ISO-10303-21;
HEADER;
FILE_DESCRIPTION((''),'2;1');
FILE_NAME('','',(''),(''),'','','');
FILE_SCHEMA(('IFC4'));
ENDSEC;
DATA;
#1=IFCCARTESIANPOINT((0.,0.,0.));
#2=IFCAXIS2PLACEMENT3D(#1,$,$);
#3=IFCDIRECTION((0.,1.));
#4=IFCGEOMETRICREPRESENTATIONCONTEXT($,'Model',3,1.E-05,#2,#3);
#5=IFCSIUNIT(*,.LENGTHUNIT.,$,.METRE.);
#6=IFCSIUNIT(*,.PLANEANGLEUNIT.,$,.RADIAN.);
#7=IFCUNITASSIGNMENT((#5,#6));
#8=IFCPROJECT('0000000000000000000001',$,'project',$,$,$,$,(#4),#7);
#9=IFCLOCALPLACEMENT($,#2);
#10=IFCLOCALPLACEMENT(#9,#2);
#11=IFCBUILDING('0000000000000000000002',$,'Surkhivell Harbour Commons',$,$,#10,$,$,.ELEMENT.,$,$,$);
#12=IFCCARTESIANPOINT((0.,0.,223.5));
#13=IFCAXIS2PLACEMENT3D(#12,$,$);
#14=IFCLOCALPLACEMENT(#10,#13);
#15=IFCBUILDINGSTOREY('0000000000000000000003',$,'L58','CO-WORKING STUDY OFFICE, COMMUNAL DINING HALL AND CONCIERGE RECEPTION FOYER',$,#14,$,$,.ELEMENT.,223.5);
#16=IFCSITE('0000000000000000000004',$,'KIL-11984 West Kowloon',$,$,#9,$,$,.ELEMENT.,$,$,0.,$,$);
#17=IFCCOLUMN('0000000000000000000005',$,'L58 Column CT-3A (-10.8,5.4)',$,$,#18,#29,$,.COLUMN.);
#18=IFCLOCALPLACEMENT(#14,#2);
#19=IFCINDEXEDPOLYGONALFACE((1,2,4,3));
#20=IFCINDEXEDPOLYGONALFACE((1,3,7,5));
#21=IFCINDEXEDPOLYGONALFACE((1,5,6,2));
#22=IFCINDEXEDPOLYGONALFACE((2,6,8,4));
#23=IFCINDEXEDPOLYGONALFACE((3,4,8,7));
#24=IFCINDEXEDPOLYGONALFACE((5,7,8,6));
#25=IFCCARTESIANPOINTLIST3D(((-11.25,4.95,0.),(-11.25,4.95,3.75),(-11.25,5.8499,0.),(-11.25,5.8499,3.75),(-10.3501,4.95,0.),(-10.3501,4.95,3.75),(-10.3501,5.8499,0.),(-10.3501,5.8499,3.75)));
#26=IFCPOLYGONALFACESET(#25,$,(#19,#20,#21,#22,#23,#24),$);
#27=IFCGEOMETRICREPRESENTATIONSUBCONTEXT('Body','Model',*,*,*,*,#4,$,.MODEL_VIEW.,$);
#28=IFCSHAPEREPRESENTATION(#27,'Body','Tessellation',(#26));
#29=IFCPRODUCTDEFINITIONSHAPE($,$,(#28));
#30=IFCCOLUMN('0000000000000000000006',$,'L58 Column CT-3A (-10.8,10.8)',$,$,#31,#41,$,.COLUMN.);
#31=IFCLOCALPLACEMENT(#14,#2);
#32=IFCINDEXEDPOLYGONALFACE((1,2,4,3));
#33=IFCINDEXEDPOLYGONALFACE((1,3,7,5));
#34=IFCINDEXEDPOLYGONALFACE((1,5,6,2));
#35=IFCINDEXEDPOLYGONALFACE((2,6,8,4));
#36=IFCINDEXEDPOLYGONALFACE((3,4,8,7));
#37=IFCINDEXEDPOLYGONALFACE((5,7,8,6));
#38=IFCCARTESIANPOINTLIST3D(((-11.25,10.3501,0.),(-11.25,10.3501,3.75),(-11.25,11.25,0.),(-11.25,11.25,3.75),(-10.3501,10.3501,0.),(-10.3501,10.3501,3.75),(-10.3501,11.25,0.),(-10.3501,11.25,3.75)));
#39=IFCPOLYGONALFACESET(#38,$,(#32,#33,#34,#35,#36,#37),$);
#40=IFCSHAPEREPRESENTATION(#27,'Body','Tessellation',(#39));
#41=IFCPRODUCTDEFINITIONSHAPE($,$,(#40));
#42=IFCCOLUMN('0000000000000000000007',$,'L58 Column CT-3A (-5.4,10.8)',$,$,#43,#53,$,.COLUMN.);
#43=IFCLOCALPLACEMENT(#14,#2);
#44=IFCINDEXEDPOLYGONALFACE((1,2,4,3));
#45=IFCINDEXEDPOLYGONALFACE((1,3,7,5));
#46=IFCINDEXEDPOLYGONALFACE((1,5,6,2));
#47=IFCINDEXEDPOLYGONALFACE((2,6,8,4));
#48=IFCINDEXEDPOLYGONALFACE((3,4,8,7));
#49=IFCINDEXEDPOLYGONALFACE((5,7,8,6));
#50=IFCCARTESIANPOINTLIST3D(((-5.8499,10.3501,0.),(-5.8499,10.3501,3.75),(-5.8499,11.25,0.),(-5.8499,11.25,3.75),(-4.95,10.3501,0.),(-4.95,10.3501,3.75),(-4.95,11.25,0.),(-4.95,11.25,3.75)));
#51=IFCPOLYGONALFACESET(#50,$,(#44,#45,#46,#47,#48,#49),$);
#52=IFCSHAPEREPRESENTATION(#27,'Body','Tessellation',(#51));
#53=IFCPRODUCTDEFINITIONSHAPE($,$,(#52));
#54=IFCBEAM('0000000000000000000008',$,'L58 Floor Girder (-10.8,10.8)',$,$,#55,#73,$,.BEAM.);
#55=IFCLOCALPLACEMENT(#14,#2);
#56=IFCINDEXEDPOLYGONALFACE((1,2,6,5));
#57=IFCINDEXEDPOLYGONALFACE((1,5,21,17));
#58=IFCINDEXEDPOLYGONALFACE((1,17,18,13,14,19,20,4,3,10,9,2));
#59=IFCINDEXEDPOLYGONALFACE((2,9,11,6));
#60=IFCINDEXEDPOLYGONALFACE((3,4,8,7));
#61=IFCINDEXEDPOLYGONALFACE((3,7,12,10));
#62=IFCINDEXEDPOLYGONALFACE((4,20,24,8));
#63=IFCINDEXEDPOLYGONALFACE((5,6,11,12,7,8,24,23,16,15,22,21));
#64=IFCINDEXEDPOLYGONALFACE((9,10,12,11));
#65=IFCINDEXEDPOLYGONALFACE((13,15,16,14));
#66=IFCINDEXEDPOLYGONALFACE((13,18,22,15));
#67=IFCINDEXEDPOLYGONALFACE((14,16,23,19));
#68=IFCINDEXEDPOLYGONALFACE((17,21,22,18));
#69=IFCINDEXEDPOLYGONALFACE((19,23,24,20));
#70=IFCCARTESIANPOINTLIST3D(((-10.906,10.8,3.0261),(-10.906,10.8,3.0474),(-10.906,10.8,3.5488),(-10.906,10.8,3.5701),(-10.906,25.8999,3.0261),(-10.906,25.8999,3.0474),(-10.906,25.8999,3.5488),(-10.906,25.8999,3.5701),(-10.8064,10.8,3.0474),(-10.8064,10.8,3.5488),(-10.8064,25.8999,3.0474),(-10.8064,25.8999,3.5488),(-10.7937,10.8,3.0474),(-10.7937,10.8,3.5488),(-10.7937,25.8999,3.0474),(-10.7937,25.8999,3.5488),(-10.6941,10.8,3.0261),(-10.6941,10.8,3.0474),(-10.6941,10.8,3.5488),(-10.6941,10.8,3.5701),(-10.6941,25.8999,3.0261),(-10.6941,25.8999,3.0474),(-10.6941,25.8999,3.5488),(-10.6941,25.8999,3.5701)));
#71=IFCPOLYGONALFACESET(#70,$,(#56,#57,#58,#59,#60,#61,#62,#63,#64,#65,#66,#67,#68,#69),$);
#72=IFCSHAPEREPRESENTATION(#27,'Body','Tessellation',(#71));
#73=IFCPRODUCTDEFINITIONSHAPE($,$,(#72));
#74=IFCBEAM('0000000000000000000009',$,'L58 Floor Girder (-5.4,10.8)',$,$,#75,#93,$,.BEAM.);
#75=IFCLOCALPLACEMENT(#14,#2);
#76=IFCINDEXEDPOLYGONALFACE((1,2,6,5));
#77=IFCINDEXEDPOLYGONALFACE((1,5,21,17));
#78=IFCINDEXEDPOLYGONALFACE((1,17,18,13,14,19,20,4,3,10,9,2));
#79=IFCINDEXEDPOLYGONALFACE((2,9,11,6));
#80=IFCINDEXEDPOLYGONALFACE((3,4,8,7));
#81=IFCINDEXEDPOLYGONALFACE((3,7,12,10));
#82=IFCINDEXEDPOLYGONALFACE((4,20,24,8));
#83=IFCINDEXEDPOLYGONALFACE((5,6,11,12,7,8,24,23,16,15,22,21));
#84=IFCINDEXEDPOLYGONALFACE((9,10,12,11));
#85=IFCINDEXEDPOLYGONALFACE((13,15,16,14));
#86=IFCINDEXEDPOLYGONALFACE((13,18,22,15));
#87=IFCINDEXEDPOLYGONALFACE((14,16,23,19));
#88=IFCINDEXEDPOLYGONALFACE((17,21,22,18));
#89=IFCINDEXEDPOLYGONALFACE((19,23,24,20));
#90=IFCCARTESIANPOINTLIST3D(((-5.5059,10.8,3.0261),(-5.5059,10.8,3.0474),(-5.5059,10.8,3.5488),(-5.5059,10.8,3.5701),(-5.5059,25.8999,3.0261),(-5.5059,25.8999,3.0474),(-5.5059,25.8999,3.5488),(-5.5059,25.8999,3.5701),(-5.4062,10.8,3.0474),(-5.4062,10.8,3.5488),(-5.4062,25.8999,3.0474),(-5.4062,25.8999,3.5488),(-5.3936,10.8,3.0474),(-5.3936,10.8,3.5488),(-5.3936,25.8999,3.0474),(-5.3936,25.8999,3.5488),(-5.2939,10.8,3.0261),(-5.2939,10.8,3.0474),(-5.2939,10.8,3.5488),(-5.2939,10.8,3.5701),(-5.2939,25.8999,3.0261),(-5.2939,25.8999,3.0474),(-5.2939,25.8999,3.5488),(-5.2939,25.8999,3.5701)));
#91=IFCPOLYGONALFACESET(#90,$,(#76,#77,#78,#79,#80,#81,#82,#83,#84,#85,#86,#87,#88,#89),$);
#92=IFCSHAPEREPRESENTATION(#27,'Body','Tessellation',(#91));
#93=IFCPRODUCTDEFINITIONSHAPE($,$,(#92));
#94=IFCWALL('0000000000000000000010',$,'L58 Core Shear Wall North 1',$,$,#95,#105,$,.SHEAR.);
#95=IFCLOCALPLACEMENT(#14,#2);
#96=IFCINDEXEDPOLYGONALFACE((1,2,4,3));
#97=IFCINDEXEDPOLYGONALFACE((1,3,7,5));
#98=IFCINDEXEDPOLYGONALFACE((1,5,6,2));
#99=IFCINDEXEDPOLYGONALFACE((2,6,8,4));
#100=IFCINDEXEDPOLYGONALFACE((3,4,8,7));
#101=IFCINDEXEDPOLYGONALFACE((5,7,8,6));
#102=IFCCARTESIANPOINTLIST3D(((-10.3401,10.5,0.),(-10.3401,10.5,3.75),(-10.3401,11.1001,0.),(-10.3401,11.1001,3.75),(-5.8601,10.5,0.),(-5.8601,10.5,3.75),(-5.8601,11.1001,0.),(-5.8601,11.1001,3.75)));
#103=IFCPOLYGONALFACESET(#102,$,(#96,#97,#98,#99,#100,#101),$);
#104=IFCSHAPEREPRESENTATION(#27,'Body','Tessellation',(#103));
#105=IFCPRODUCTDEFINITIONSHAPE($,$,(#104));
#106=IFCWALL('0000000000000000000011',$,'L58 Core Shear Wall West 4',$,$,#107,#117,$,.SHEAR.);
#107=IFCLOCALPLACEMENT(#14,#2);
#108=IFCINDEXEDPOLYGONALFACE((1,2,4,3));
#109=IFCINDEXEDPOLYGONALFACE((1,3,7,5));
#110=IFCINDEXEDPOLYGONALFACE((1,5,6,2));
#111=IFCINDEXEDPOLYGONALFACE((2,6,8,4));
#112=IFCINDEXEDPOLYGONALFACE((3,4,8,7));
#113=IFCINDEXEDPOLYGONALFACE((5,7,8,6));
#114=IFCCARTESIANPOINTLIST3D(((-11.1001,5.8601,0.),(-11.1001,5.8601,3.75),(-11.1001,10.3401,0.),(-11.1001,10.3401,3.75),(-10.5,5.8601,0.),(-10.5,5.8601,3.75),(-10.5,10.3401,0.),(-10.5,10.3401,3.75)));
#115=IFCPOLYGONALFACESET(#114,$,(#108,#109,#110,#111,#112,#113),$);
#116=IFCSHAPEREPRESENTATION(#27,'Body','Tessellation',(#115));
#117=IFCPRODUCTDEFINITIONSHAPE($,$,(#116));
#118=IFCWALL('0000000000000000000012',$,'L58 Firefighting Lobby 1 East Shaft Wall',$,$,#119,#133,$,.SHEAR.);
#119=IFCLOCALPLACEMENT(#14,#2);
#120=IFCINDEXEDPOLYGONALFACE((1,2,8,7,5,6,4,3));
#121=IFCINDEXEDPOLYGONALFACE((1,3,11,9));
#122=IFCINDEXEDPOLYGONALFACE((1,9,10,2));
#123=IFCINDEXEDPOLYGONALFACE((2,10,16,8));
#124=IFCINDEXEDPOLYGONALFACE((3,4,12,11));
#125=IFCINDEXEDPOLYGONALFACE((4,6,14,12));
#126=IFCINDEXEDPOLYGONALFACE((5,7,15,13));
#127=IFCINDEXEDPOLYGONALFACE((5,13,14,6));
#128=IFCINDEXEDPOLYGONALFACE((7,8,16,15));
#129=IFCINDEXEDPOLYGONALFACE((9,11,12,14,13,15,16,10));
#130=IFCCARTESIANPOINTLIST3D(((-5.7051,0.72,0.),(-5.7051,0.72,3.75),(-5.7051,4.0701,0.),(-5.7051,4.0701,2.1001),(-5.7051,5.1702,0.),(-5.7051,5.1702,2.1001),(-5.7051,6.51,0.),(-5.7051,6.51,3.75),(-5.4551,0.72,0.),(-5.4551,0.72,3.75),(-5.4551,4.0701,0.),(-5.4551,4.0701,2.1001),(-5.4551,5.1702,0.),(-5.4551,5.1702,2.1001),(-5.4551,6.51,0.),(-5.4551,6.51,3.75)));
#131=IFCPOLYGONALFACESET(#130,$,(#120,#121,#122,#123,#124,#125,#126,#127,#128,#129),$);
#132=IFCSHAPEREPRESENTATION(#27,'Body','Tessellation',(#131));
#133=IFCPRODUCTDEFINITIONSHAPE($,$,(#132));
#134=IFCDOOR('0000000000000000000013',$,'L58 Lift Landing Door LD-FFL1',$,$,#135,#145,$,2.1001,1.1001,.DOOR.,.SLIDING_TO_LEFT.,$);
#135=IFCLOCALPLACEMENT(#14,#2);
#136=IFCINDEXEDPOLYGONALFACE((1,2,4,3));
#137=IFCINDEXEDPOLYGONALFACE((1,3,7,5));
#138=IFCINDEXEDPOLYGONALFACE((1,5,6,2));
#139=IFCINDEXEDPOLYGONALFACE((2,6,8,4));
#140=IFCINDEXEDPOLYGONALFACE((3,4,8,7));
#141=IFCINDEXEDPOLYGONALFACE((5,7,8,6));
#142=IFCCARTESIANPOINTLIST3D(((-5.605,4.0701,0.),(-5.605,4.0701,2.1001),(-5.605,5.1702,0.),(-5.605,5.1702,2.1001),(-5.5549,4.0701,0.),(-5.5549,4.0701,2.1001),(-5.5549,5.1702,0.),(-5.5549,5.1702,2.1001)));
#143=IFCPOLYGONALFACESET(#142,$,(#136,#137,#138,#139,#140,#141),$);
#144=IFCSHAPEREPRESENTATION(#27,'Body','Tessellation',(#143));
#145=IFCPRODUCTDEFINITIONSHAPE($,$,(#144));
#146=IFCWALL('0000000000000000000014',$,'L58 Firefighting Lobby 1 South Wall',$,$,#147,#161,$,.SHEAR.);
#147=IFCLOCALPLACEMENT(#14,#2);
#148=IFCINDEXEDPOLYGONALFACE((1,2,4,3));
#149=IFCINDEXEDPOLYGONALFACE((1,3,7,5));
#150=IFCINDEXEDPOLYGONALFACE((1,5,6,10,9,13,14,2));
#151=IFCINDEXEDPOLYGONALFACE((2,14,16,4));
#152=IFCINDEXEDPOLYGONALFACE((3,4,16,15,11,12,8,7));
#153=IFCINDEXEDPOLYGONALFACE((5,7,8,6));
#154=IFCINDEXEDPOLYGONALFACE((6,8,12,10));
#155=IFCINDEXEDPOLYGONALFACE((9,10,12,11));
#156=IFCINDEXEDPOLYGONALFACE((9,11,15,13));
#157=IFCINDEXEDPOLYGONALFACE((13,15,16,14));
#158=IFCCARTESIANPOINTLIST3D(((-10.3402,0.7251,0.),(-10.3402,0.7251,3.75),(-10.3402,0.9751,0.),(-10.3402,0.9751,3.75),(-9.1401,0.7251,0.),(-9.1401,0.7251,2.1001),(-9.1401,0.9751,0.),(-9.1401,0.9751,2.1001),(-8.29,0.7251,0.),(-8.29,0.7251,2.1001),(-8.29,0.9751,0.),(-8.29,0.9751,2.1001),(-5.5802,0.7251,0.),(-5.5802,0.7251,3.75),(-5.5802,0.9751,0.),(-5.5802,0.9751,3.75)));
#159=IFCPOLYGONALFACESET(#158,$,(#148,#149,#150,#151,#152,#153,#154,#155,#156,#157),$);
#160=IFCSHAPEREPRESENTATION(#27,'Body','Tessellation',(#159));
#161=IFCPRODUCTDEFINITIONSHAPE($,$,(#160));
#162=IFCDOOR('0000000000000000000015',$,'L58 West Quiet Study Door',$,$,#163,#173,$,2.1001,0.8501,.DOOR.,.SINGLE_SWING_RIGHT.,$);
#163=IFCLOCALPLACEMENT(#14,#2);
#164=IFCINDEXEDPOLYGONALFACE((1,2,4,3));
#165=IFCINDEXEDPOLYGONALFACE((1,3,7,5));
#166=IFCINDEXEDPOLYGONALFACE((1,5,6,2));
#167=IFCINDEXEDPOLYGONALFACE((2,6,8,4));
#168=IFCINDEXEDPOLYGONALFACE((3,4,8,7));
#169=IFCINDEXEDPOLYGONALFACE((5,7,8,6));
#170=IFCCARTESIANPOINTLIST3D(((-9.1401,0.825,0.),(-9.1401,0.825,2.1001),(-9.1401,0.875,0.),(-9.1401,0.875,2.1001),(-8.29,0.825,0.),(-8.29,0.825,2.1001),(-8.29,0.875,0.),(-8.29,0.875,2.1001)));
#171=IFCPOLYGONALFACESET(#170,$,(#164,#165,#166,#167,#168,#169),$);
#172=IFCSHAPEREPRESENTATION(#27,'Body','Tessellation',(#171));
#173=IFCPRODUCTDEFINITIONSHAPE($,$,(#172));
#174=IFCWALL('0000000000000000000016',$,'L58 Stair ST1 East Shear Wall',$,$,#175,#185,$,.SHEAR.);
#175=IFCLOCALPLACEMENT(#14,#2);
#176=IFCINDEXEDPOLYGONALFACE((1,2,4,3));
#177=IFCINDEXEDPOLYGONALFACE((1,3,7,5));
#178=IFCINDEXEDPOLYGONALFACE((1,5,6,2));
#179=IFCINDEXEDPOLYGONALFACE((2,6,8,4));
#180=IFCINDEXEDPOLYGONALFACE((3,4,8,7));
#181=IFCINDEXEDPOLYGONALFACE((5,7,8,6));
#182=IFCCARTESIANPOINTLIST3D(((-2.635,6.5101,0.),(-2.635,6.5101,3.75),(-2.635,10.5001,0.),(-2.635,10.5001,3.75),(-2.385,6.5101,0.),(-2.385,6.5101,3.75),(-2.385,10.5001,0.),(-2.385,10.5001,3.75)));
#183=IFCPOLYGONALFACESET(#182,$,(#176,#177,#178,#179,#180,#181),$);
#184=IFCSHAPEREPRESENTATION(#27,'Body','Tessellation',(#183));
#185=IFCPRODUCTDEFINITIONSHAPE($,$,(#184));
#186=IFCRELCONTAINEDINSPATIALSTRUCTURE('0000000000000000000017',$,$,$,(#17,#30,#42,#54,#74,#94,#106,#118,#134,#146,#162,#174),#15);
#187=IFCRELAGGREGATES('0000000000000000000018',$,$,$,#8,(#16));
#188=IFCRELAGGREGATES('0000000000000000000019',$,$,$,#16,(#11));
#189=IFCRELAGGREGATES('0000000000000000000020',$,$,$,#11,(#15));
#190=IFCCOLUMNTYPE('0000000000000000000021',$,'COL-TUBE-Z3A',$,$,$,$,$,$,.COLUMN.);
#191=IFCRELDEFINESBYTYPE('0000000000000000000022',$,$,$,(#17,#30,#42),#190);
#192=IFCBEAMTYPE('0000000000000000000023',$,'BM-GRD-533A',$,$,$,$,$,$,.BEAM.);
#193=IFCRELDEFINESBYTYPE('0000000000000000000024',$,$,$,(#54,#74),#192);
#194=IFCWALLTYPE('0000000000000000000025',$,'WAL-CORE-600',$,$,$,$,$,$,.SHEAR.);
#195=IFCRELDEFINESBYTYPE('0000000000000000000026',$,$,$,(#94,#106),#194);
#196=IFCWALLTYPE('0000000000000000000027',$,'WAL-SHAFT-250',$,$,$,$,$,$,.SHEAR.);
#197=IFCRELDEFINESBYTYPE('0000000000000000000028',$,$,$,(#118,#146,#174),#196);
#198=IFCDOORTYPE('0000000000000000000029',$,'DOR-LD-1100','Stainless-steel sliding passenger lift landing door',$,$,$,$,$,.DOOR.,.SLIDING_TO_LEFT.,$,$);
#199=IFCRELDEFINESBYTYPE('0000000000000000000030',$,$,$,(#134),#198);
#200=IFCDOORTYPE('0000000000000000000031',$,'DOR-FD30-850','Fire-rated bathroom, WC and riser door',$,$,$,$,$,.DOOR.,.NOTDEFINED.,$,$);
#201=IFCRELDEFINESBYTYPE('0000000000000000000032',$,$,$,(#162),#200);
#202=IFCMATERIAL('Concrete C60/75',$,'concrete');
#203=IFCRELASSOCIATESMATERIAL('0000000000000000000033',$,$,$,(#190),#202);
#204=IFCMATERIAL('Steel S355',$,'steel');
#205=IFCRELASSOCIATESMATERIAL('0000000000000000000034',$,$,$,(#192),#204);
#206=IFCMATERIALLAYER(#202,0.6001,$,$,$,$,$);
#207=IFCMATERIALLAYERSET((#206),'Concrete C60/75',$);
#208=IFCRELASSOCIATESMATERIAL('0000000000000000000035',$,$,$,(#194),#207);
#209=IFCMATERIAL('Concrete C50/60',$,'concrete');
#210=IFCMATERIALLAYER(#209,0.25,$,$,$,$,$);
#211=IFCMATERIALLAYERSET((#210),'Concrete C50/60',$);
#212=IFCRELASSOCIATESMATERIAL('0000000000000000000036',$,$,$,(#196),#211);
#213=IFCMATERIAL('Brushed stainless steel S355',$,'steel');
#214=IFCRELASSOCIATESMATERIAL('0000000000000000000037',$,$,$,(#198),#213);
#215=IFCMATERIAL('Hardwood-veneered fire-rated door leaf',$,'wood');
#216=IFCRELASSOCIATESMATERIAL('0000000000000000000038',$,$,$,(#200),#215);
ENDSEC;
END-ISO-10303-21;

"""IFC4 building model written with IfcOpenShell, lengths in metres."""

from ifc_helpers import new_model, si_unit, direction, frame, frame_2d, origin, origin_2d, place, context, subcontext, project, spatial, rectangle, i_section, extrude, material, layer, layer_set, material_profile, profile_set, type_object, element, fill, save


model = new_model("IFC4")

# Units and contexts
model_context = context("Model", 3, precision=1e-05, world=origin(), true_north=direction((0.0, 1.0)))
body_context = subcontext(model_context, "Body", "Model", "MODEL_VIEW")
ifc_project = project(units=[si_unit("LENGTHUNIT", "METRE"), si_unit("PLANEANGLEUNIT", "RADIAN")], contexts=[model_context])

# Site, building, storey
site_placement = place(None, origin())
site = spatial("IfcSite", under=ifc_project, at=site_placement, Name="KIL-11984 West Kowloon", CompositionType="ELEMENT", RefElevation=0.0)
building_placement = place(site_placement, origin())
building = spatial("IfcBuilding", under=site, at=building_placement, Name="Surkhivell Harbour Commons", CompositionType="ELEMENT")
storey_placement = place(building_placement, frame((0.0, 0.0, 223.5)))
storey = spatial("IfcBuildingStorey", under=building, at=storey_placement, Name="L58", Description="CO-WORKING STUDY OFFICE, COMMUNAL DINING HALL AND CONCIERGE RECEPTION FOYER", CompositionType="ELEMENT", Elevation=223.5)

# Columns
ifc_material_1 = material(Name="Concrete C60/75", Category="concrete")
ifc_material_profile_1 = material_profile(ifc_material_1, rectangle(XDim=0.8999, YDim=0.8999, at=origin_2d()), Name="RC-COL-900x900")
ifc_profile_set_1 = profile_set([ifc_material_profile_1], Name="Concrete C60/75")
column_type = type_object("IfcColumnType", Name="COL-TUBE-Z3A", PredefinedType="COLUMN", material=ifc_profile_set_1)
for number, where, z_axis, x_axis, name in (
    (1, (-10.8, 5.3999, 0.0), (0.0, 0.0, 1.0), (1.0, 0.0, 0.0), "L58 Column CT-3A (-10.8,5.4)"),
    (2, (-10.8, 10.8, 0.0), (0.0, 0.0, 1.0), (1.0, 0.0, 0.0), "L58 Column CT-3A (-10.8,10.8)"),
    (3, (-5.3999, 10.8, 0.0), (0.0, 0.0, 1.0), (1.0, 0.0, 0.0), "L58 Column CT-3A (-5.4,10.8)"),
):
    element("IfcColumn", number, at=place(storey_placement, frame(where, z_axis=z_axis, x_axis=x_axis)), inside=storey, type_object=column_type, Name=name, PredefinedType="COLUMN", context=body_context, shape_type="SweptSolid", body=[
        extrude(rectangle(XDim=0.8999, YDim=0.8999, at=origin_2d()), origin(), (0.0, 0.0, 1.0), 3.75),
    ])

# Beams
ifc_material_2 = material(Name="Steel S355", Category="steel")
ifc_material_profile_2 = material_profile(ifc_material_2, i_section(OverallWidth=0.2119, OverallDepth=0.5439, WebThickness=0.0127, FlangeThickness=0.0212, at=origin_2d()), Name="UB533x210x122")
ifc_profile_set_2 = profile_set([ifc_material_profile_2], Name="Steel S355")
beam_type = type_object("IfcBeamType", Name="BM-GRD-533A", PredefinedType="BEAM", material=ifc_profile_set_2)
for number, where, z_axis, x_axis, name in (
    (4, (-10.8, 10.8, 3.2981), (0.0, 1.0, 0.0), (-1.0, 0.0, 0.0), "L58 Floor Girder (-10.8,10.8)"),
    (5, (-5.3999, 10.8, 3.2981), (0.0, 1.0, 0.0), (-1.0, 0.0, 0.0), "L58 Floor Girder (-5.4,10.8)"),
):
    element("IfcBeam", number, at=place(storey_placement, frame(where, z_axis=z_axis, x_axis=x_axis)), inside=storey, type_object=beam_type, Name=name, PredefinedType="BEAM", context=body_context, shape_type="SweptSolid", body=[
        extrude(i_section(OverallWidth=0.2119, OverallDepth=0.5439, WebThickness=0.0127, FlangeThickness=0.0212, at=origin_2d()), origin(), (0.0, 0.0, 1.0), 15.0999),
    ])

# Walls
ifc_layer_1 = layer(ifc_material_1, 0.6001)
ifc_layer_set_1 = layer_set([ifc_layer_1], Name="Concrete C60/75")
wall_type_1 = type_object("IfcWallType", Name="WAL-CORE-600", PredefinedType="SHEAR", material=ifc_layer_set_1)
for number, where, z_axis, x_axis, name in (
    (6, (-10.3401, 10.8, 0.0), (0.0, 0.0, 1.0), (1.0, 0.0, 0.0), "L58 Core Shear Wall North 1"),
    (7, (-10.8, 5.8601, 0.0), (0.0, 0.0, 1.0), (0.0, 1.0, 0.0), "L58 Core Shear Wall West 4"),
):
    element("IfcWall", number, at=place(storey_placement, frame(where, z_axis=z_axis, x_axis=x_axis)), inside=storey, type_object=wall_type_1, Name=name, PredefinedType="SHEAR", context=body_context, shape_type="SweptSolid", body=[
        extrude(rectangle(XDim=4.48, YDim=0.6001, at=frame_2d((2.24, 0.0))), origin(), (0.0, 0.0, 1.0), 3.75),
    ])

# Walls, openings, doors
ifc_material_3 = material(Name="Concrete C50/60", Category="concrete")
ifc_layer_2 = layer(ifc_material_3, 0.25)
ifc_layer_set_2 = layer_set([ifc_layer_2], Name="Concrete C50/60")
wall_type_2 = type_object("IfcWallType", Name="WAL-SHAFT-250", PredefinedType="SHEAR", material=ifc_layer_set_2)
wall_1_placement = place(storey_placement, frame((-5.5801, 0.72, 0.0), z_axis=(0.0, 0.0, 1.0), x_axis=(0.0, 1.0, 0.0)))
wall_1 = element("IfcWall", 8, at=wall_1_placement, inside=storey, type_object=wall_type_2, Name="L58 Firefighting Lobby 1 East Shaft Wall", PredefinedType="SHEAR", context=body_context, shape_type="SweptSolid", body=[
    extrude(rectangle(XDim=5.79, YDim=0.25, at=frame_2d((2.895, 0.0))), origin(), (0.0, 0.0, 1.0), 3.75),
])
opening_1_placement = place(wall_1_placement, frame((3.3501, 0.0, 0.0)))
opening_1 = element("IfcOpeningElement", 9, at=opening_1_placement, cuts=wall_1, PredefinedType="OPENING", context=body_context, shape_type="SweptSolid", body=[
    extrude(rectangle(XDim=1.1001, YDim=2.1001, at=frame_2d((0.55, 1.05))), frame((0.0, 0.135, 0.0), z_axis=(0.0, -1.0, 0.0), x_axis=(1.0, 0.0, 0.0)), (0.0, 0.0, 1.0), 0.27),
])
ifc_material_4 = material(Name="Brushed stainless steel S355", Category="steel")
door_type_1 = type_object("IfcDoorType", Name="DOR-LD-1100", Description="Stainless-steel sliding passenger lift landing door", OperationType="SLIDING_TO_LEFT", PredefinedType="DOOR", material=ifc_material_4)
door_1_placement = place(opening_1_placement, origin())
door_1 = element("IfcDoor", 10, at=door_1_placement, inside=storey, type_object=door_type_1, Name="L58 Lift Landing Door LD-FFL1", OperationType="SLIDING_TO_LEFT", OverallHeight=2.1001, OverallWidth=1.1001, PredefinedType="DOOR", context=body_context, shape_type="SweptSolid", body=[
    extrude(rectangle(XDim=1.1001, YDim=2.1001, at=frame_2d((0.55, 1.05))), frame((0.0, 0.0249, 0.0), z_axis=(0.0, -1.0, 0.0), x_axis=(1.0, 0.0, 0.0)), (0.0, 0.0, 1.0), 0.05),
])
fill(opening_1, door_1)
wall_2_placement = place(storey_placement, frame((-10.3401, 0.8501, 0.0), z_axis=(0.0, 0.0, 1.0), x_axis=(1.0, 0.0, 0.0)))
wall_2 = element("IfcWall", 11, at=wall_2_placement, inside=storey, type_object=wall_type_2, Name="L58 Firefighting Lobby 1 South Wall", PredefinedType="SHEAR", context=body_context, shape_type="SweptSolid", body=[
    extrude(rectangle(XDim=4.76, YDim=0.25, at=frame_2d((2.3799, 0.0))), origin(), (0.0, 0.0, 1.0), 3.75),
])
opening_2_placement = place(wall_2_placement, frame((1.2, 0.0, 0.0)))
opening_2 = element("IfcOpeningElement", 12, at=opening_2_placement, cuts=wall_2, PredefinedType="OPENING", context=body_context, shape_type="SweptSolid", body=[
    extrude(rectangle(XDim=0.8501, YDim=2.1001, at=frame_2d((0.425, 1.05))), frame((0.0, 0.135, 0.0), z_axis=(0.0, -1.0, 0.0), x_axis=(1.0, 0.0, 0.0)), (0.0, 0.0, 1.0), 0.27),
])
ifc_material_5 = material(Name="Hardwood-veneered fire-rated door leaf", Category="wood")
door_type_2 = type_object("IfcDoorType", Name="DOR-FD30-850", Description="Fire-rated bathroom, WC and riser door", OperationType="NOTDEFINED", PredefinedType="DOOR", material=ifc_material_5)
door_2_placement = place(opening_2_placement, origin())
door_2 = element("IfcDoor", 13, at=door_2_placement, inside=storey, type_object=door_type_2, Name="L58 West Quiet Study Door", OperationType="SINGLE_SWING_RIGHT", OverallHeight=2.1001, OverallWidth=0.8501, PredefinedType="DOOR", context=body_context, shape_type="SweptSolid", body=[
    extrude(rectangle(XDim=0.8501, YDim=2.1001, at=frame_2d((0.425, 1.05))), frame((0.0, 0.0249, 0.0), z_axis=(0.0, -1.0, 0.0), x_axis=(1.0, 0.0, 0.0)), (0.0, 0.0, 1.0), 0.05),
])
fill(opening_2, door_2)

# Wall
wall_3_placement = place(storey_placement, frame((-2.51, 6.51, 0.0), z_axis=(0.0, 0.0, 1.0), x_axis=(0.0, 1.0, 0.0)))
element("IfcWall", 14, at=wall_3_placement, inside=storey, type_object=wall_type_2, Name="L58 Stair ST1 East Shear Wall", PredefinedType="SHEAR", context=body_context, shape_type="SweptSolid", body=[
    extrude(rectangle(XDim=3.99, YDim=0.25, at=frame_2d((1.9951, 0.0))), origin(), (0.0, 0.0, 1.0), 3.75),
])

save(model, "model.ifc")
